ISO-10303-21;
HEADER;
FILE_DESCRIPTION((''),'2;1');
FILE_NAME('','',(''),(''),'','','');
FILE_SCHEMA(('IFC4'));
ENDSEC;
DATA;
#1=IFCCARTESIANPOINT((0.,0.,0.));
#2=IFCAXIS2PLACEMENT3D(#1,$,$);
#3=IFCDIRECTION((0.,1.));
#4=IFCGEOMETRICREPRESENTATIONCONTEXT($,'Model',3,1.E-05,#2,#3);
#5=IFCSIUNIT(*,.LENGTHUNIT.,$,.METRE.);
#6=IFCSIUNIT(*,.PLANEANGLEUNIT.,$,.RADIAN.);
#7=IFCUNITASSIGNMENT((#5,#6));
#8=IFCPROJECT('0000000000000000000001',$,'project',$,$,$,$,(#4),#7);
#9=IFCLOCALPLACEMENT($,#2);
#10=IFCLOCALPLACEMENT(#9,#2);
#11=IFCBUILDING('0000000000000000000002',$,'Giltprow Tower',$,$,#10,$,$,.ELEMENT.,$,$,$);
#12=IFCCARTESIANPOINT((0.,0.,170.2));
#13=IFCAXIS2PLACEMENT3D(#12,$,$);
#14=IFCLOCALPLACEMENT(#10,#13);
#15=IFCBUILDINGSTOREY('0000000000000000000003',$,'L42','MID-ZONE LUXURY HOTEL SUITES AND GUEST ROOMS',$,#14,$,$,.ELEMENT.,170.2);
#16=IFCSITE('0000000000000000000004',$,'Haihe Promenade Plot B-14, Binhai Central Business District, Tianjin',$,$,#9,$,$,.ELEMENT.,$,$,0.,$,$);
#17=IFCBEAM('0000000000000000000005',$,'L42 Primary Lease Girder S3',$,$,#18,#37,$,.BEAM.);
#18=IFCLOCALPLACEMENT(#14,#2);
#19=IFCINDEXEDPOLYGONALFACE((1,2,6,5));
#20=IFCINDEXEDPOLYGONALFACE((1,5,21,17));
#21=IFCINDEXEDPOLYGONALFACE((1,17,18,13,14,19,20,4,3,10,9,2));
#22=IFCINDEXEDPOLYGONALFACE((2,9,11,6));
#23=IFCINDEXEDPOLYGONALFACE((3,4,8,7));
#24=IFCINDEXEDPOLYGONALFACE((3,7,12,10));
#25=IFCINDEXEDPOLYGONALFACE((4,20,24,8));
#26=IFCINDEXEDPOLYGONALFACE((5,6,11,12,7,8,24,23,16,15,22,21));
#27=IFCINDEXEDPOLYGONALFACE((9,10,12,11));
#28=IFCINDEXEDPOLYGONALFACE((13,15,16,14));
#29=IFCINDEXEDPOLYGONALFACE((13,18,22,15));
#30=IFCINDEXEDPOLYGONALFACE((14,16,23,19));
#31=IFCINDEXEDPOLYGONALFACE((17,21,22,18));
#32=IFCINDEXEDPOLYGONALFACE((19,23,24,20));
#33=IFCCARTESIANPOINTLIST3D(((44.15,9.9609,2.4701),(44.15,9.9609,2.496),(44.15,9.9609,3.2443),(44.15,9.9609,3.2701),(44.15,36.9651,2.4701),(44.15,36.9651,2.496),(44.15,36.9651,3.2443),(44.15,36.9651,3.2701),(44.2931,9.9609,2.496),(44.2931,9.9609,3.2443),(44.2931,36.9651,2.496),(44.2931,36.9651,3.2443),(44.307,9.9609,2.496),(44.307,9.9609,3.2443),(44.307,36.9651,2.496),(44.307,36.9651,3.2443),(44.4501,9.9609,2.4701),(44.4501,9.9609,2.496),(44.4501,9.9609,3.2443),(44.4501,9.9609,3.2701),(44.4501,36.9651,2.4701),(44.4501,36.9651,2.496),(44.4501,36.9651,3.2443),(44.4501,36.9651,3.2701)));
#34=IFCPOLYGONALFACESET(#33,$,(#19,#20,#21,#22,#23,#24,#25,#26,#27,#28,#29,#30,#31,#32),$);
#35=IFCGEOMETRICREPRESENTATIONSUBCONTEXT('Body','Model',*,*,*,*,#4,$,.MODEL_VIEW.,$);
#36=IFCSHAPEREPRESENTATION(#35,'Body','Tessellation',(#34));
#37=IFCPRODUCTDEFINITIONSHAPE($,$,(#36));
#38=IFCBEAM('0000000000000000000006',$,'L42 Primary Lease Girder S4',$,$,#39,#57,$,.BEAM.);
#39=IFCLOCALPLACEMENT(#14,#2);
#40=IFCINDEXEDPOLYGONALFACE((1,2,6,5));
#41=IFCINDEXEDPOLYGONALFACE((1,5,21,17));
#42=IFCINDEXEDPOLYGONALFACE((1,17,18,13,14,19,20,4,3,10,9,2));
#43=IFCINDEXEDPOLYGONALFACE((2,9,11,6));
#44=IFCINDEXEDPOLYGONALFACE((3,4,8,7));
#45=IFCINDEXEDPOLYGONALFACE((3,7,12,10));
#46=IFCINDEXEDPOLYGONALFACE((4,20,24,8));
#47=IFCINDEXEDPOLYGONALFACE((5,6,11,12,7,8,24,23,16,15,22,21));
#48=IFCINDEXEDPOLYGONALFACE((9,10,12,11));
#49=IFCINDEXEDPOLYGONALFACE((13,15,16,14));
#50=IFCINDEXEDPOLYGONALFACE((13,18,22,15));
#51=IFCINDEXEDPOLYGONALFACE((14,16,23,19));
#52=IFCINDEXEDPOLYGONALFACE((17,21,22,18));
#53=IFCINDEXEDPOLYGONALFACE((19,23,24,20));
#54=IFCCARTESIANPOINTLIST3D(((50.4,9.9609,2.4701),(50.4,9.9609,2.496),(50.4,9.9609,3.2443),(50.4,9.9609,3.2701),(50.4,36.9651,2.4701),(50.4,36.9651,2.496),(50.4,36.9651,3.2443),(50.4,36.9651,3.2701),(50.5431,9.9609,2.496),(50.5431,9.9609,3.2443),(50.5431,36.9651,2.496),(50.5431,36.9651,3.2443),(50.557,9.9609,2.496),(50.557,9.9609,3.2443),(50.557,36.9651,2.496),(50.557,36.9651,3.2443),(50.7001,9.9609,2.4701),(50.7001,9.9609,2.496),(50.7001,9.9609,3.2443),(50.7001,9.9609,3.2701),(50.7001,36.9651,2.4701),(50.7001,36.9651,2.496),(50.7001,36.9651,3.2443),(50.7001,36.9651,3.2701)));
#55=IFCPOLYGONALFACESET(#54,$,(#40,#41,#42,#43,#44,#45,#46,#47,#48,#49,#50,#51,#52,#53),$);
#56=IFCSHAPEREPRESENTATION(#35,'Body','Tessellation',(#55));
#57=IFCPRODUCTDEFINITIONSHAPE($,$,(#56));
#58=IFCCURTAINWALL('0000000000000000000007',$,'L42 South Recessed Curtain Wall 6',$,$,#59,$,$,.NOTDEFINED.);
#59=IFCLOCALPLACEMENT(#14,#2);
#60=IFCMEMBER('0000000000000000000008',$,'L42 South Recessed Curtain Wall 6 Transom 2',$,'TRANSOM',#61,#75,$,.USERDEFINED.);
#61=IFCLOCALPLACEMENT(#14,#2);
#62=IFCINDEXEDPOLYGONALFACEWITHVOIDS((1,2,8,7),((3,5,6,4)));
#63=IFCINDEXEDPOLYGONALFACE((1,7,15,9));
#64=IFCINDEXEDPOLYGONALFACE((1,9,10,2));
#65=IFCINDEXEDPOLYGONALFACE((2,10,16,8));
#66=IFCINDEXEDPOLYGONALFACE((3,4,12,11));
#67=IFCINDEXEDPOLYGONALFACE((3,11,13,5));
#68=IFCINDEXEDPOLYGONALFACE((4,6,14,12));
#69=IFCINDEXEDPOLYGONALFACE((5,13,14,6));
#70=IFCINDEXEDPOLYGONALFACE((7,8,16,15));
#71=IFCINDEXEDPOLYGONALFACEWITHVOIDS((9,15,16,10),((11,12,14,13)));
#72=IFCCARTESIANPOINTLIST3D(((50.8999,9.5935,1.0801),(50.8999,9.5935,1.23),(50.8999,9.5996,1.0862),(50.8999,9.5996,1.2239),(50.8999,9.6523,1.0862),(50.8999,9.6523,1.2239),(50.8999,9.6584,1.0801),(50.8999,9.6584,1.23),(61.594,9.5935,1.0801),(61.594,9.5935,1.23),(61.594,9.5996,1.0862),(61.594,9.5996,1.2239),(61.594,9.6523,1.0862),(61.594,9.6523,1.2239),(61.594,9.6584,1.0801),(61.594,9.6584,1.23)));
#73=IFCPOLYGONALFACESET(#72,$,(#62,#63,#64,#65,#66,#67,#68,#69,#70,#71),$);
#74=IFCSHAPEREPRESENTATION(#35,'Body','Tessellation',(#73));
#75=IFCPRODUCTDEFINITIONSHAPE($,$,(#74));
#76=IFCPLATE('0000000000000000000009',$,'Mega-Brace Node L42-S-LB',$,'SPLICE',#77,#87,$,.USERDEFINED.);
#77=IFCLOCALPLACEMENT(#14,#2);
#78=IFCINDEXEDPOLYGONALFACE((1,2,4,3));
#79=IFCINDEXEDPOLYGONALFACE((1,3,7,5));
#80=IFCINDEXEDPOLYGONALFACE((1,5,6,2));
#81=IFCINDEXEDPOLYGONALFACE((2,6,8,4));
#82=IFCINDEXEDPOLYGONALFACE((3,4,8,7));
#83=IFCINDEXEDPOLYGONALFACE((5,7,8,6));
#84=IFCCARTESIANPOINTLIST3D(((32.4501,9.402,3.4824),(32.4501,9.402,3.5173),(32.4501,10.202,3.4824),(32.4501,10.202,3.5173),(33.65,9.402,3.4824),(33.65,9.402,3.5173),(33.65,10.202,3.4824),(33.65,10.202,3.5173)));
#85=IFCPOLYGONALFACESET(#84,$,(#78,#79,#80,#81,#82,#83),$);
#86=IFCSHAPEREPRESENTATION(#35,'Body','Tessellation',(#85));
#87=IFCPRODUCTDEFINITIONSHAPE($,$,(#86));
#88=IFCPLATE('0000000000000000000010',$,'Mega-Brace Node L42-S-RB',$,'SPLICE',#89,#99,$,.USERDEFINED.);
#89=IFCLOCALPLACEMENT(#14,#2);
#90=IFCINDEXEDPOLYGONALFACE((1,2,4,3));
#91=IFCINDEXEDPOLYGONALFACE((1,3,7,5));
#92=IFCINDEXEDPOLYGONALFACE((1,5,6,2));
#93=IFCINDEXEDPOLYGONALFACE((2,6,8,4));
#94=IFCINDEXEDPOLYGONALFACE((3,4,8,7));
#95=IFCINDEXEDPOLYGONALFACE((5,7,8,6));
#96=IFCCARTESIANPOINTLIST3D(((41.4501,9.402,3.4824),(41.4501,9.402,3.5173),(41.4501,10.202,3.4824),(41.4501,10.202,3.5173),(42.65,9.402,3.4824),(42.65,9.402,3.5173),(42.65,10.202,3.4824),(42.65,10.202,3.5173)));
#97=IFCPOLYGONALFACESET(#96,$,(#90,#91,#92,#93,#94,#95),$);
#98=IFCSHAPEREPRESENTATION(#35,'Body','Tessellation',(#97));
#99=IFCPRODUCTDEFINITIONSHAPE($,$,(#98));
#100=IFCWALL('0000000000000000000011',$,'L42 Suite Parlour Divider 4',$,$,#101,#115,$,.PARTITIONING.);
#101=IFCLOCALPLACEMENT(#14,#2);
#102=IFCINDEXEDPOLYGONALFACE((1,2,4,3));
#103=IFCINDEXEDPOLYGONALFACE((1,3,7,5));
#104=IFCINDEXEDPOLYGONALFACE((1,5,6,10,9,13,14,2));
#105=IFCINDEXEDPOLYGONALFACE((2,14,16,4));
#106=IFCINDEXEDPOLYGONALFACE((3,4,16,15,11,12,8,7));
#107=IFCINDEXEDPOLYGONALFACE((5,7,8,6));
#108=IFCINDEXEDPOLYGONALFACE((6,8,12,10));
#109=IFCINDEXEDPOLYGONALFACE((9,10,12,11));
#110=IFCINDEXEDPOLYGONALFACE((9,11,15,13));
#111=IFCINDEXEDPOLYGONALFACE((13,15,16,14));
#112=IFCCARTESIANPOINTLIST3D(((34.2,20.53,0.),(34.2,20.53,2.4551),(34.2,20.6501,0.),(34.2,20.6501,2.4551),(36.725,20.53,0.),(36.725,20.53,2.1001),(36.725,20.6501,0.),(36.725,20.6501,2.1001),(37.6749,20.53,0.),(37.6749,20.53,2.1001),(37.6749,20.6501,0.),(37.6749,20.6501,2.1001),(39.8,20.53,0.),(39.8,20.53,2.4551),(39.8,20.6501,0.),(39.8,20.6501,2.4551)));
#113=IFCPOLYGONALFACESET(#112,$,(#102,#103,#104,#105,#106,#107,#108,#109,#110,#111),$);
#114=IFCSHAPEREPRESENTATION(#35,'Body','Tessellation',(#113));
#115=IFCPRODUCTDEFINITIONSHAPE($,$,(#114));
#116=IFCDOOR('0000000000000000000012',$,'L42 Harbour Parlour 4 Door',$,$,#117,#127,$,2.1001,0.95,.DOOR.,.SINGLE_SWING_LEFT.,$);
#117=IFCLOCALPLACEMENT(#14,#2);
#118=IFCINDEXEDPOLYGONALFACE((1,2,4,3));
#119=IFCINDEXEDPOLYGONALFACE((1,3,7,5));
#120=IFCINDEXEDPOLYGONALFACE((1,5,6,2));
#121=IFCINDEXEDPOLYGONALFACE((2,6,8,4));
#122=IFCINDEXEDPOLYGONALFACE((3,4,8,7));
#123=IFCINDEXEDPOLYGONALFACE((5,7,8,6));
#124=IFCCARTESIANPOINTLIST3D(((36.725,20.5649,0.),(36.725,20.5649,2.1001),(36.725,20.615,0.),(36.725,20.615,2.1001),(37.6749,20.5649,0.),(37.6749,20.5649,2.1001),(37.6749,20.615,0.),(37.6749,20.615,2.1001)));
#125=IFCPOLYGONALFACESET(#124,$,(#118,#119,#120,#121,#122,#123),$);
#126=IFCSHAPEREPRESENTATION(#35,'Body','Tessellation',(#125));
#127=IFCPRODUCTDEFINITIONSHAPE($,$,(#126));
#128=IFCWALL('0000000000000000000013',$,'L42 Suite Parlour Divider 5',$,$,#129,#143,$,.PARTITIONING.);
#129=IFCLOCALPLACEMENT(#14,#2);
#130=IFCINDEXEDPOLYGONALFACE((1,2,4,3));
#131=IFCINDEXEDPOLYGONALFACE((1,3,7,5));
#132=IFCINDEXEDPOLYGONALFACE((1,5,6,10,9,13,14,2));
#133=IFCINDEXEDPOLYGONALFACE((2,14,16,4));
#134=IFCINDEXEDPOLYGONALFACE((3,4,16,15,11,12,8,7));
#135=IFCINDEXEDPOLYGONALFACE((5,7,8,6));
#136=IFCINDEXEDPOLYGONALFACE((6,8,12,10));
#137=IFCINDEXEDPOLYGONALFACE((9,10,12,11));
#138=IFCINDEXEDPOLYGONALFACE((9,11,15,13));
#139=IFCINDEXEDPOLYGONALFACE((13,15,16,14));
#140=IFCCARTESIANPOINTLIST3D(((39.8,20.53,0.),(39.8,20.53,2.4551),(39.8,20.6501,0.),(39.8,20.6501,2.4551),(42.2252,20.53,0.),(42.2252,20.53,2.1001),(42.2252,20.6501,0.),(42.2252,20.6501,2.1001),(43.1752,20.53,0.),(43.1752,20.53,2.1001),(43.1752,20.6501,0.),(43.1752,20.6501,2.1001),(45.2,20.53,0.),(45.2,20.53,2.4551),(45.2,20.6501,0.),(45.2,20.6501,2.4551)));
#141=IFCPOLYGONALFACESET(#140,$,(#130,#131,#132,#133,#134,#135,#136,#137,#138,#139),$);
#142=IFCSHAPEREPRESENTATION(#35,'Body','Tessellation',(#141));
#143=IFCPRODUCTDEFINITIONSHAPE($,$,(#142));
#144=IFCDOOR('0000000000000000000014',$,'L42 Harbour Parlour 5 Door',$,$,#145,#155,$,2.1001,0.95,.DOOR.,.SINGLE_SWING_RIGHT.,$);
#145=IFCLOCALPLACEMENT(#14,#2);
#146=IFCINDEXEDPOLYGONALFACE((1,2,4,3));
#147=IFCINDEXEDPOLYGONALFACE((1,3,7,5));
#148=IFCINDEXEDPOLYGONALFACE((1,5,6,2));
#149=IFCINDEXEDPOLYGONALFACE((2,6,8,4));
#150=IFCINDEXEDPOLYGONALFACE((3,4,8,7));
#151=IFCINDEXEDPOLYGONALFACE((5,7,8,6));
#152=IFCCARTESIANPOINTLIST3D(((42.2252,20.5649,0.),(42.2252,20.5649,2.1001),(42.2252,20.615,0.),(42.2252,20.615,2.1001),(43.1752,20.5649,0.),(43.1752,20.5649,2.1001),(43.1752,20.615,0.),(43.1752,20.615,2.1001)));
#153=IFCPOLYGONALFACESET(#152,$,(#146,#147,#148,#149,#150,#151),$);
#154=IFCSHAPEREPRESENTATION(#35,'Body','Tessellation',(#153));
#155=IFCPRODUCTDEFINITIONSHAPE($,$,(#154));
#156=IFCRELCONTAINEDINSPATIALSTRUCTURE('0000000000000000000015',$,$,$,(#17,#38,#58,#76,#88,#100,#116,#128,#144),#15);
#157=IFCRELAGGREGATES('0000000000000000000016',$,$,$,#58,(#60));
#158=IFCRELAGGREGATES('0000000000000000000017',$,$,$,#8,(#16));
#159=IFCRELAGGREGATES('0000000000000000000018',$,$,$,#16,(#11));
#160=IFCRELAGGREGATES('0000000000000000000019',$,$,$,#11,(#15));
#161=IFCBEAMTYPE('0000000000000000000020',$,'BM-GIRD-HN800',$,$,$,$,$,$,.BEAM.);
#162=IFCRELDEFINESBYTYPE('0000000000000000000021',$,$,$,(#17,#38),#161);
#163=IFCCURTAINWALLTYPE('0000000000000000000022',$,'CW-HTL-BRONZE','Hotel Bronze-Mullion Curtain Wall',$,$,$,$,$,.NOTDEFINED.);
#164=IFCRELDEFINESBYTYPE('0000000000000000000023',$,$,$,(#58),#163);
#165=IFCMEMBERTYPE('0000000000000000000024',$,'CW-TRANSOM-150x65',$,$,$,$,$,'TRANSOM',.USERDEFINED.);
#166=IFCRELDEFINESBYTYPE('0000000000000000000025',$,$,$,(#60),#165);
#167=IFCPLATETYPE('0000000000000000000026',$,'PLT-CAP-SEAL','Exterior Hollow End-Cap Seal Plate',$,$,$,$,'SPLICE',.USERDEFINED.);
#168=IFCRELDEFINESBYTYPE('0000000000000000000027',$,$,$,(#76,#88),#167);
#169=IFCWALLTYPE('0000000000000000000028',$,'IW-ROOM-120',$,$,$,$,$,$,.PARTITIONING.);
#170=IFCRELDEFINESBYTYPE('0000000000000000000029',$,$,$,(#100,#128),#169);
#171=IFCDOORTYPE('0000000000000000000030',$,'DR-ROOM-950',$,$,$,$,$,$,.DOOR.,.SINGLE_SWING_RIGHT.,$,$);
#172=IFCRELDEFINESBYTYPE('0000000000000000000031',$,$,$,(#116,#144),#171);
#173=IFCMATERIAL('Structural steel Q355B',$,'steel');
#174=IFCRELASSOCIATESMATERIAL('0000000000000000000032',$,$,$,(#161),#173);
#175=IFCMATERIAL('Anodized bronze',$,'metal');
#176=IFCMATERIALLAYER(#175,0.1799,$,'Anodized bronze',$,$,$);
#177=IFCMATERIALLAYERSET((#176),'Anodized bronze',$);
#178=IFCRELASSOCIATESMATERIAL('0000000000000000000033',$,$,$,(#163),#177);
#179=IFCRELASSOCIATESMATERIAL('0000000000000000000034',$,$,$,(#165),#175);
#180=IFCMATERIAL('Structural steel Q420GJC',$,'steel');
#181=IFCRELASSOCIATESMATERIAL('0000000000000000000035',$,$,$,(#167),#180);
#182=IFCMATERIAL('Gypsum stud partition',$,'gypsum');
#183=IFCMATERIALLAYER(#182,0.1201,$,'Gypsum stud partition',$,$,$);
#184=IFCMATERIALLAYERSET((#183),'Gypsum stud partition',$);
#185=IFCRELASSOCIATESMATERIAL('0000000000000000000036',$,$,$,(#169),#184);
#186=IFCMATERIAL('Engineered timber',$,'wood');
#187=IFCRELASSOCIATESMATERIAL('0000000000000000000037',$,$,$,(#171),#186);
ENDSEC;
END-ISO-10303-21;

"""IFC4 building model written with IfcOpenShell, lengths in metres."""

from ifc_helpers import new_model, si_unit, direction, frame, frame_2d, origin, origin_2d, place, context, subcontext, project, spatial, rectangle, hollow_rectangle, i_section, extrude, source, transform, mapped, material, layer, layer_set, material_profile, profile_set, type_object, element, fill, aggregate, save


model = new_model("IFC4")

# Units and contexts
model_context = context("Model", 3, precision=1e-05, world=origin(), true_north=direction((0.0, 1.0)))
body_context = subcontext(model_context, "Body", "Model", "MODEL_VIEW")
ifc_project = project(units=[si_unit("LENGTHUNIT", "METRE"), si_unit("PLANEANGLEUNIT", "RADIAN")], contexts=[model_context])

# Site, building, storey
site_placement = place(None, origin())
site = spatial("IfcSite", under=ifc_project, at=site_placement, Name="Haihe Promenade Plot B-14, Binhai Central Business District, Tianjin", CompositionType="ELEMENT", RefElevation=0.0)
building_placement = place(site_placement, origin())
building = spatial("IfcBuilding", under=site, at=building_placement, Name="Giltprow Tower", CompositionType="ELEMENT")
storey_placement = place(building_placement, frame((0.0, 0.0, 170.2)))
storey = spatial("IfcBuildingStorey", under=building, at=storey_placement, Name="L42", Description="MID-ZONE LUXURY HOTEL SUITES AND GUEST ROOMS", CompositionType="ELEMENT", Elevation=170.2)

# Beams
ifc_material_1 = material(Name="Structural steel Q355B", Category="steel")
ifc_material_profile_1 = material_profile(ifc_material_1, i_section(OverallWidth=0.3, OverallDepth=0.8, WebThickness=0.0139, FlangeThickness=0.0259, at=origin_2d()), Name="HN 800x300x14x26")
ifc_profile_set_1 = profile_set([ifc_material_profile_1], Name="Structural steel Q355B")
beam_type_1 = type_object("IfcBeamType", Name="BM-GIRD-HN800", PredefinedType="BEAM", material=ifc_profile_set_1)
shared_shape_1 = source(origin(), body_context, "Body", "SweptSolid", [
    extrude(i_section(OverallWidth=0.3, OverallDepth=0.8, WebThickness=0.0139, FlangeThickness=0.0259, at=origin_2d()), origin(), (0.0, 0.0, 1.0), 27.0042),
])
for number, where, z_axis, x_axis, name in (
    (1, (44.3, 9.9609, 2.8701), (0.0, 1.0, 0.0), (-1.0, 0.0, 0.0), "L42 Primary Lease Girder S3"),
    (2, (50.55, 9.9609, 2.8701), (0.0, 1.0, 0.0), (-1.0, 0.0, 0.0), "L42 Primary Lease Girder S4"),
):
    element("IfcBeam", number, at=place(storey_placement, frame(where, z_axis=z_axis, x_axis=x_axis)), inside=storey, type_object=beam_type_1, Name=name, PredefinedType="BEAM", context=body_context, shape_type="MappedRepresentation", body=[
        mapped(shared_shape_1, transform((0.0, 0.0, 0.0), x_axis=(1.0, 0.0, 0.0), y_axis=(0.0, 1.0, 0.0), z_axis=(0.0, 0.0, 1.0), scale=1.0)),
    ])

# Curtain wall, member
ifc_material_2 = material(Name="Anodized bronze", Category="metal")
ifc_layer_1 = layer(ifc_material_2, 0.1799, Name="Anodized bronze")
ifc_layer_set_1 = layer_set([ifc_layer_1], Name="Anodized bronze")
curtain_wall_type = type_object("IfcCurtainWallType", Name="CW-HTL-BRONZE", Description="Hotel Bronze-Mullion Curtain Wall", PredefinedType="NOTDEFINED", material=ifc_layer_set_1)
curtain_wall_placement = place(storey_placement, origin())
curtain_wall = element("IfcCurtainWall", 3, at=curtain_wall_placement, inside=storey, type_object=curtain_wall_type, Name="L42 South Recessed Curtain Wall 6", PredefinedType="NOTDEFINED")
ifc_material_profile_2 = material_profile(ifc_material_2, hollow_rectangle(XDim=0.0649, YDim=0.1499, WallThickness=0.0061, at=origin_2d()), Name="RHS 150x65x6")
ifc_profile_set_2 = profile_set([ifc_material_profile_2], Name="Anodized bronze")
member_type = type_object("IfcMemberType", Name="CW-TRANSOM-150x65", ElementType="TRANSOM", PredefinedType="USERDEFINED", material=ifc_profile_set_2)
shared_shape_2 = source(origin(), body_context, "Body", "SweptSolid", [
    extrude(hollow_rectangle(XDim=0.0649, YDim=0.1499, WallThickness=0.0061, at=origin_2d()), origin(), (0.0, 0.0, 1.0), 10.6941),
])
member_placement = place(storey_placement, frame((50.8999, 9.626, 1.155), z_axis=(1.0, 0.0, 0.0), x_axis=(0.0, 1.0, 0.0)))
member = element("IfcMember", 4, at=member_placement, type_object=member_type, Name="L42 South Recessed Curtain Wall 6 Transom 2", ObjectType="TRANSOM", PredefinedType="USERDEFINED", context=body_context, shape_type="MappedRepresentation", body=[
    mapped(shared_shape_2, transform((0.0, 0.0, 0.0), x_axis=(1.0, 0.0, 0.0), y_axis=(0.0, 1.0, 0.0), z_axis=(0.0, 0.0, 1.0), scale=1.0)),
])
aggregate(curtain_wall, [member])

# Plates
ifc_material_3 = material(Name="Structural steel Q420GJC", Category="steel")
plate_type = type_object("IfcPlateType", Name="PLT-CAP-SEAL", Description="Exterior Hollow End-Cap Seal Plate", ElementType="SPLICE", PredefinedType="USERDEFINED", material=ifc_material_3)
shared_shape_3 = source(origin(), body_context, "Body", "SweptSolid", [
    extrude(rectangle(XDim=1.2, YDim=0.8, at=origin_2d()), origin(), (0.0, 0.0, 1.0), 0.0349),
])
for number, where, z_axis, x_axis, name in (
    (5, (33.05, 9.802, 3.4824), (0.0, 0.0, 1.0), (1.0, 0.0, 0.0), "Mega-Brace Node L42-S-LB"),
    (6, (42.05, 9.802, 3.4824), (0.0, 0.0, 1.0), (1.0, 0.0, 0.0), "Mega-Brace Node L42-S-RB"),
):
    element("IfcPlate", number, at=place(storey_placement, frame(where, z_axis=z_axis, x_axis=x_axis)), inside=storey, type_object=plate_type, Name=name, ObjectType="SPLICE", PredefinedType="USERDEFINED", context=body_context, shape_type="MappedRepresentation", body=[
        mapped(shared_shape_3, transform((0.0, 0.0, 0.0), x_axis=(1.0, 0.0, 0.0), y_axis=(0.0, 1.0, 0.0), z_axis=(0.0, 0.0, 1.0), scale=1.0)),
    ])

# Walls, openings, doors
ifc_material_4 = material(Name="Gypsum stud partition", Category="gypsum")
ifc_layer_2 = layer(ifc_material_4, 0.1201, Name="Gypsum stud partition")
ifc_layer_set_2 = layer_set([ifc_layer_2], Name="Gypsum stud partition")
wall_type = type_object("IfcWallType", Name="IW-ROOM-120", PredefinedType="PARTITIONING", material=ifc_layer_set_2)
wall_1_placement = place(storey_placement, frame((34.2, 20.5901, 0.0), z_axis=(0.0, 0.0, 1.0), x_axis=(1.0, 0.0, 0.0)))
wall_1 = element("IfcWall", 7, at=wall_1_placement, inside=storey, type_object=wall_type, Name="L42 Suite Parlour Divider 4", PredefinedType="PARTITIONING", context=body_context, shape_type="SweptSolid", body=[
    extrude(rectangle(XDim=5.6001, YDim=0.1201, at=frame_2d((2.8, 0.0))), origin(), (0.0, 0.0, 1.0), 2.4551),
])
opening_1_placement = place(wall_1_placement, frame((2.5249, 0.0, 0.0)))
opening_1 = element("IfcOpeningElement", 8, at=opening_1_placement, cuts=wall_1, PredefinedType="OPENING", context=body_context, shape_type="SweptSolid", body=[
    extrude(rectangle(XDim=0.95, YDim=2.1001, at=frame_2d((0.4751, 1.05))), frame((0.0, 0.0701, 0.0), z_axis=(0.0, -1.0, 0.0), x_axis=(1.0, 0.0, 0.0)), (0.0, 0.0, 1.0), 0.1401),
])
ifc_material_5 = material(Name="Engineered timber", Category="wood")
door_type = type_object("IfcDoorType", Name="DR-ROOM-950", OperationType="SINGLE_SWING_RIGHT", PredefinedType="DOOR", material=ifc_material_5)
shared_shape_4 = source(origin(), body_context, "Body", "SweptSolid", [
    extrude(rectangle(XDim=0.95, YDim=2.1001, at=frame_2d((0.4751, 1.05))), frame((0.0, 0.0249, 0.0), z_axis=(0.0, -1.0, 0.0), x_axis=(1.0, 0.0, 0.0)), (0.0, 0.0, 1.0), 0.05),
])
door_1_placement = place(opening_1_placement, origin())
door_1 = element("IfcDoor", 9, at=door_1_placement, inside=storey, type_object=door_type, Name="L42 Harbour Parlour 4 Door", OperationType="SINGLE_SWING_LEFT", OverallHeight=2.1001, OverallWidth=0.95, PredefinedType="DOOR", context=body_context, shape_type="MappedRepresentation", body=[
    mapped(shared_shape_4, transform((0.0, 0.0, 0.0), x_axis=(1.0, 0.0, 0.0), y_axis=(0.0, 1.0, 0.0), z_axis=(0.0, 0.0, 1.0), scale=1.0)),
])
fill(opening_1, door_1)
wall_2_placement = place(storey_placement, frame((39.8, 20.5901, 0.0), z_axis=(0.0, 0.0, 1.0), x_axis=(1.0, 0.0, 0.0)))
wall_2 = element("IfcWall", 10, at=wall_2_placement, inside=storey, type_object=wall_type, Name="L42 Suite Parlour Divider 5", PredefinedType="PARTITIONING", context=body_context, shape_type="SweptSolid", body=[
    extrude(rectangle(XDim=5.3999, YDim=0.1201, at=frame_2d((2.7, 0.0))), origin(), (0.0, 0.0, 1.0), 2.4551),
])
opening_2_placement = place(wall_2_placement, frame((2.425, 0.0, 0.0)))
opening_2 = element("IfcOpeningElement", 11, at=opening_2_placement, cuts=wall_2, PredefinedType="OPENING", context=body_context, shape_type="SweptSolid", body=[
    extrude(rectangle(XDim=0.95, YDim=2.1001, at=frame_2d((0.4751, 1.05))), frame((0.0, 0.0701, 0.0), z_axis=(0.0, -1.0, 0.0), x_axis=(1.0, 0.0, 0.0)), (0.0, 0.0, 1.0), 0.1401),
])
door_2_placement = place(opening_2_placement, origin())
door_2 = element("IfcDoor", 12, at=door_2_placement, inside=storey, type_object=door_type, Name="L42 Harbour Parlour 5 Door", OperationType="SINGLE_SWING_RIGHT", OverallHeight=2.1001, OverallWidth=0.95, PredefinedType="DOOR", context=body_context, shape_type="MappedRepresentation", body=[
    mapped(shared_shape_4, transform((0.0, 0.0, 0.0), x_axis=(1.0, 0.0, 0.0), y_axis=(0.0, 1.0, 0.0), z_axis=(0.0, 0.0, 1.0), scale=1.0)),
])
fill(opening_2, door_2)

save(model, "model.ifc")
